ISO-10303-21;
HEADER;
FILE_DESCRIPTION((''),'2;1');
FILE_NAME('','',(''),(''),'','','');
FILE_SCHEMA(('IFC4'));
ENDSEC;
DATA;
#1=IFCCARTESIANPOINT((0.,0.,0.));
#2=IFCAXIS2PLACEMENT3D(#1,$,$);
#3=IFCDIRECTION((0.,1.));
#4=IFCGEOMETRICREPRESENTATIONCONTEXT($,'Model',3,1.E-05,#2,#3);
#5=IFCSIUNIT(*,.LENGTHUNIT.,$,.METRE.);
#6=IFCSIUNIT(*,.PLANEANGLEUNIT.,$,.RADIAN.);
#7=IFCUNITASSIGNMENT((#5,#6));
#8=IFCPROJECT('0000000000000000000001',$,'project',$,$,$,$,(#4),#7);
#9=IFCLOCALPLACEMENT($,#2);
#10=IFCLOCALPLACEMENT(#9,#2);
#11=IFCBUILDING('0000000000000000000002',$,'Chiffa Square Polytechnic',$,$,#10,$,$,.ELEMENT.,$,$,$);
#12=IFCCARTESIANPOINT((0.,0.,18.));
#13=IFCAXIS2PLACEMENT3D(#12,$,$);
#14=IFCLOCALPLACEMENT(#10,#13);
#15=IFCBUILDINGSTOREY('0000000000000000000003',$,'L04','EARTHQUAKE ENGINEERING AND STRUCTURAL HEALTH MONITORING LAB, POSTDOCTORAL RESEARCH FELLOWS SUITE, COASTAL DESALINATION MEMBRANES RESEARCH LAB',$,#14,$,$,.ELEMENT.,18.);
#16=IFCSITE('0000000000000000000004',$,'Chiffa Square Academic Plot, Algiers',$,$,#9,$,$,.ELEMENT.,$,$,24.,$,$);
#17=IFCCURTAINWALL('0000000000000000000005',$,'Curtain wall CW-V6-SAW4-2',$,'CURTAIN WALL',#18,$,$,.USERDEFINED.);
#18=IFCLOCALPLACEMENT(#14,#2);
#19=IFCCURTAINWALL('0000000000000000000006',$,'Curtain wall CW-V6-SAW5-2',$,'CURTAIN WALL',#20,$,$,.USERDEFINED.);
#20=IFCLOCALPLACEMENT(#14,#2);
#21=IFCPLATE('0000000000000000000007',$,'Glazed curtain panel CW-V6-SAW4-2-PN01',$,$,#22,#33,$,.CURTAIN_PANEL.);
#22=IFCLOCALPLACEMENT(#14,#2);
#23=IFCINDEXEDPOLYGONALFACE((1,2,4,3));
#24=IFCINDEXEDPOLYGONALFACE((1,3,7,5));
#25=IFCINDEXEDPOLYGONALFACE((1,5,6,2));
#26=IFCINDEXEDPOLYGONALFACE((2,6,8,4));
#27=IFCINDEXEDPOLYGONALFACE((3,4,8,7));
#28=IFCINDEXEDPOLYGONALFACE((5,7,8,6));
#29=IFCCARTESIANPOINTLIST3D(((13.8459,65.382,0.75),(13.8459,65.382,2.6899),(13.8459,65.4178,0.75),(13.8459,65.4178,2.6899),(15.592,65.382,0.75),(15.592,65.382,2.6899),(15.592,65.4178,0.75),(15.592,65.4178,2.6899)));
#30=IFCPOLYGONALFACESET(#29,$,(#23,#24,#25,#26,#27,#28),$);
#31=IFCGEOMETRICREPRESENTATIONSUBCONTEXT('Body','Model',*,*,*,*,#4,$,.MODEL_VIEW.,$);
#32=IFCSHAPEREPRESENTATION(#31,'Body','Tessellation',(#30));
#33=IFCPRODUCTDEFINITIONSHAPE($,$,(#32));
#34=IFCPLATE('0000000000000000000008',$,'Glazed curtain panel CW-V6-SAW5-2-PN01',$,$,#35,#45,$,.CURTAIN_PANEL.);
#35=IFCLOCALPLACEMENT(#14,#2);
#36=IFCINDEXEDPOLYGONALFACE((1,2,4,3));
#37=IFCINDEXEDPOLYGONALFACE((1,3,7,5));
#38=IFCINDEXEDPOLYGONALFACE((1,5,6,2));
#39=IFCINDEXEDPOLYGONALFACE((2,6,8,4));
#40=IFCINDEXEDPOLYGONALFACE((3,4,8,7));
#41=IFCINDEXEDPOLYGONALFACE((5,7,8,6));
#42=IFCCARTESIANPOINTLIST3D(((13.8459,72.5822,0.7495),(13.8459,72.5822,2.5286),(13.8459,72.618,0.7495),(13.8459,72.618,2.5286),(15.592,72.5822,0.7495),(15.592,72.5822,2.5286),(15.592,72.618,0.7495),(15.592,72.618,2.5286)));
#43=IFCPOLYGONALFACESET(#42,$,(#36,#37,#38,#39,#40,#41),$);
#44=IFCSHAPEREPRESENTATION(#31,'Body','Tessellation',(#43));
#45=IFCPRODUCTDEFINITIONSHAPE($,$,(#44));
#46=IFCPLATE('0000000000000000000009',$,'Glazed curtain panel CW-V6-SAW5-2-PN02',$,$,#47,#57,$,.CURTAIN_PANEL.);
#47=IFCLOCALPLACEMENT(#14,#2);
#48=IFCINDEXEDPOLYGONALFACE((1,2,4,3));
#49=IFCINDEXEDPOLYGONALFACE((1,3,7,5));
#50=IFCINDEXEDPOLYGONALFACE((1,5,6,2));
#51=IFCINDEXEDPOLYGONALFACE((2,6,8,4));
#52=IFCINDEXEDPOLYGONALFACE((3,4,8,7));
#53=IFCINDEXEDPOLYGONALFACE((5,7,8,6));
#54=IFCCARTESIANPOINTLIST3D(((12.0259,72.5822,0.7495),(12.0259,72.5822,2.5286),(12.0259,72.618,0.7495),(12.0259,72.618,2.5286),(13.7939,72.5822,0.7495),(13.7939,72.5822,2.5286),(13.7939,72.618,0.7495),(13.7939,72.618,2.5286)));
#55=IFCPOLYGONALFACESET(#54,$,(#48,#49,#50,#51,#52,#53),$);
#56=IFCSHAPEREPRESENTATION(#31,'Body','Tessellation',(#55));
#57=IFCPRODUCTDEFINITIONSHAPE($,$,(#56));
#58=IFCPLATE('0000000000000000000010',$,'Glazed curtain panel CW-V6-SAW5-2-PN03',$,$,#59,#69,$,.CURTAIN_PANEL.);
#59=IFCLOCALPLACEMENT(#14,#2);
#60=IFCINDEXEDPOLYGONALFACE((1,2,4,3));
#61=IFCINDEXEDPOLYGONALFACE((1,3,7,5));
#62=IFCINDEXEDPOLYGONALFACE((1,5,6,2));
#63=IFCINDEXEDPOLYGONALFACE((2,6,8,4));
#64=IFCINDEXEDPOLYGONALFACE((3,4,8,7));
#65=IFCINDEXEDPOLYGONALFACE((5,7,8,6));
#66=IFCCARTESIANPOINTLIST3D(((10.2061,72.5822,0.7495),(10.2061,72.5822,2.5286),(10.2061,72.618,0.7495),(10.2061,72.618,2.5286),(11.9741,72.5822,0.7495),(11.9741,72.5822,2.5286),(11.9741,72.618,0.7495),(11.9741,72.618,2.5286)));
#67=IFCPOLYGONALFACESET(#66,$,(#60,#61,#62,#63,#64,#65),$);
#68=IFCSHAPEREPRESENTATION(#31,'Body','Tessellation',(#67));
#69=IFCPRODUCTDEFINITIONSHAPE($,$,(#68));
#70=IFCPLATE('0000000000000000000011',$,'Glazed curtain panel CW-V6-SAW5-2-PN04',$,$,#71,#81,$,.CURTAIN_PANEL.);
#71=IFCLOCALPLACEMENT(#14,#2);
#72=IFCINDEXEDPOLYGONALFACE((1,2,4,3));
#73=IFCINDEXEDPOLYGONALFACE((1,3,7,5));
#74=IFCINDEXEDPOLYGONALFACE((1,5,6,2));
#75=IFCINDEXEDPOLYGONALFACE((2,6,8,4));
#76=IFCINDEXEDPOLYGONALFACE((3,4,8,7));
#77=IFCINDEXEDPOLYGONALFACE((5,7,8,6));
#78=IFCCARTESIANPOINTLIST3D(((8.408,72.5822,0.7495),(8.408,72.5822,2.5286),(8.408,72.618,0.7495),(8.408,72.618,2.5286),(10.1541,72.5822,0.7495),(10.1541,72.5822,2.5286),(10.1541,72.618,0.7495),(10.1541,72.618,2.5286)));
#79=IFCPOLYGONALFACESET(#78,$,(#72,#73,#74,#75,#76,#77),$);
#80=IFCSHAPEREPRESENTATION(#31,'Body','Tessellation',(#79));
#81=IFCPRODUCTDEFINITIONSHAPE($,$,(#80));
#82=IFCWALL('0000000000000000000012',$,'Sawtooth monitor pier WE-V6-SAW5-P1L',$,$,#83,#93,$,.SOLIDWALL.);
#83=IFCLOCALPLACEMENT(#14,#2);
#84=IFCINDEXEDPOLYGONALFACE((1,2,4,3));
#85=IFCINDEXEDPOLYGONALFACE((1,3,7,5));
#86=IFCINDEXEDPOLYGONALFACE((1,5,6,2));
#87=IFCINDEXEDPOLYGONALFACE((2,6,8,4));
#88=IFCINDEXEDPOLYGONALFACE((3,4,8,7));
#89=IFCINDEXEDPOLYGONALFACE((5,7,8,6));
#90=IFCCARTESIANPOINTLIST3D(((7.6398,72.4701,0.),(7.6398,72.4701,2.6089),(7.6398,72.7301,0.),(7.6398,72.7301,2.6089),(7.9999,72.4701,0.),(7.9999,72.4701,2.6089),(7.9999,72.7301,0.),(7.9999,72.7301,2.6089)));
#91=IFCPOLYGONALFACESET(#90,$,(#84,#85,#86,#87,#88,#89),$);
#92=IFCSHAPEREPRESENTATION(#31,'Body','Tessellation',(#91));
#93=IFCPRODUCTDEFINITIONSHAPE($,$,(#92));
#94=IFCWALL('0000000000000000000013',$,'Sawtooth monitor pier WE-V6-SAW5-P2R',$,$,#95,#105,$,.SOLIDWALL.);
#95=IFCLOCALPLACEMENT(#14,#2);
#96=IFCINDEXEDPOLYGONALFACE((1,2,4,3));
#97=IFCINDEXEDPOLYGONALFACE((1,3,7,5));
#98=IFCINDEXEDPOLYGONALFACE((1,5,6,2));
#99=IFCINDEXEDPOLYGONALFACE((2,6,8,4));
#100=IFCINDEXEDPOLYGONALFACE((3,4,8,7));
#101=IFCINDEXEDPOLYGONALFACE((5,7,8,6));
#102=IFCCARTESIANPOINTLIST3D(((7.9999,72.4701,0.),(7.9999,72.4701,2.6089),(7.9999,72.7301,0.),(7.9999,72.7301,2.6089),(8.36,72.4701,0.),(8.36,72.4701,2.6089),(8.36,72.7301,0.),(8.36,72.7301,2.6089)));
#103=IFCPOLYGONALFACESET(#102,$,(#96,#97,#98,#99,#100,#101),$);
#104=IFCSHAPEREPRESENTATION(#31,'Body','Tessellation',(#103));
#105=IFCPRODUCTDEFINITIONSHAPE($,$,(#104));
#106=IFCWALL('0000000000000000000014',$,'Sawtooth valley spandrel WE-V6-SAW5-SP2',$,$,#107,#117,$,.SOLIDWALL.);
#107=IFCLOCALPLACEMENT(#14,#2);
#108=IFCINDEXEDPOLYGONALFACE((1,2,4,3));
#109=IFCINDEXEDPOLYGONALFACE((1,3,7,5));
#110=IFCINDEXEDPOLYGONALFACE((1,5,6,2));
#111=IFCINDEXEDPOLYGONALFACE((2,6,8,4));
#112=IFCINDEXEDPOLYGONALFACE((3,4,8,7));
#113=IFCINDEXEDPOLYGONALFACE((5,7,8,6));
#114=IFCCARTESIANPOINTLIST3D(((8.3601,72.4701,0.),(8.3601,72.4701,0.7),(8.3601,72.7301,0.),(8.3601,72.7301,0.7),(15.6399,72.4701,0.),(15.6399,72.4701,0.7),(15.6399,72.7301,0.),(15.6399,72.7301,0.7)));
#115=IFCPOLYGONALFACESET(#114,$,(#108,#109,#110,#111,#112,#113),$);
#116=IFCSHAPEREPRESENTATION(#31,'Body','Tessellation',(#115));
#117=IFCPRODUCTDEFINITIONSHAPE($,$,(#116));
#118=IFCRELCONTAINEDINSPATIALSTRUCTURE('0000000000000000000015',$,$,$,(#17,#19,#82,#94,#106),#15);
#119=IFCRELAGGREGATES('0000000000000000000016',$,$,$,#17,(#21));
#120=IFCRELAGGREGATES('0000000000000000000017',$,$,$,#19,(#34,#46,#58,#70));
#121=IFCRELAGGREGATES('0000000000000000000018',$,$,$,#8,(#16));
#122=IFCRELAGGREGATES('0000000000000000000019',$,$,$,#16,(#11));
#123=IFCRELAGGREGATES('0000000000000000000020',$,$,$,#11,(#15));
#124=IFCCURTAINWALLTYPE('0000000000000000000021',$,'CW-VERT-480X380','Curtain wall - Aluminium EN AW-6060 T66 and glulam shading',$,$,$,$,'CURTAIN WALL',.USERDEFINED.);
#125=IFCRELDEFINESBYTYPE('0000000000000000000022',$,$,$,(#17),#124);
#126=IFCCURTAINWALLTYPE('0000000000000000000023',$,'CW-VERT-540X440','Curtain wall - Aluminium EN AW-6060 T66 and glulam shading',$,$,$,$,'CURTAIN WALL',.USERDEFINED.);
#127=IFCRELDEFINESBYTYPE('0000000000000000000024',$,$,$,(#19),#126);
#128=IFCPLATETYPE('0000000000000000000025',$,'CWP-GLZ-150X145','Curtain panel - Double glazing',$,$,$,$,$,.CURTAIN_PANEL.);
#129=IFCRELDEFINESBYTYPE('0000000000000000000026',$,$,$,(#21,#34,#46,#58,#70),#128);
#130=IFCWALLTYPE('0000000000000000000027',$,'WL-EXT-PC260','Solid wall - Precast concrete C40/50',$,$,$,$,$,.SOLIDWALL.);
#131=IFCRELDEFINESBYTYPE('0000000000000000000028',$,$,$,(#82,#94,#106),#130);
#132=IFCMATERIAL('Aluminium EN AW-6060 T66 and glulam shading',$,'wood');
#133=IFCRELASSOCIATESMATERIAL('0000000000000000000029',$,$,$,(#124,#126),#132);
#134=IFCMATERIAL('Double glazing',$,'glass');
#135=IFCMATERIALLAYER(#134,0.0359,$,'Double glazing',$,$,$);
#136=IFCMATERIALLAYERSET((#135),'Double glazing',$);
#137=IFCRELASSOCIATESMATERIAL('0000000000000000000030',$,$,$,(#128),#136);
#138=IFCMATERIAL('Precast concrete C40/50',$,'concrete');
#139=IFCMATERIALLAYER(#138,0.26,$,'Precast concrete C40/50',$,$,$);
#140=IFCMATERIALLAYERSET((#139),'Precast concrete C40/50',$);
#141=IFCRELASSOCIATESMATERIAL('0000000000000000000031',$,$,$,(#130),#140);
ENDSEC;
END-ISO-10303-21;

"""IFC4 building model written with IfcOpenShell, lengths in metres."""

from ifc_helpers import new_model, si_unit, direction, frame, frame_2d, origin, origin_2d, place, context, subcontext, project, spatial, rectangle, extrude, material, layer, layer_set, type_object, element, aggregate, save


model = new_model("IFC4")

# Units and contexts
model_context = context("Model", 3, precision=1e-05, world=origin(), true_north=direction((0.0, 1.0)))
body_context = subcontext(model_context, "Body", "Model", "MODEL_VIEW")
ifc_project = project(units=[si_unit("LENGTHUNIT", "METRE"), si_unit("PLANEANGLEUNIT", "RADIAN")], contexts=[model_context])

# Site, building, storey
site_placement = place(None, origin())
site = spatial("IfcSite", under=ifc_project, at=site_placement, Name="Chiffa Square Academic Plot, Algiers", CompositionType="ELEMENT", RefElevation=24.0)
building_placement = place(site_placement, origin())
building = spatial("IfcBuilding", under=site, at=building_placement, Name="Chiffa Square Polytechnic", CompositionType="ELEMENT")
storey_placement = place(building_placement, frame((0.0, 0.0, 18.0)))
storey = spatial("IfcBuildingStorey", under=building, at=storey_placement, Name="L04", Description="EARTHQUAKE ENGINEERING AND STRUCTURAL HEALTH MONITORING LAB, POSTDOCTORAL RESEARCH FELLOWS SUITE, COASTAL DESALINATION MEMBRANES RESEARCH LAB", CompositionType="ELEMENT", Elevation=18.0)

# Curtain walls
ifc_material_1 = material(Name="Aluminium EN AW-6060 T66 and glulam shading", Category="wood")
curtain_wall_type_1 = type_object("IfcCurtainWallType", Name="CW-VERT-480X380", Description="Curtain wall - Aluminium EN AW-6060 T66 and glulam shading", ElementType="CURTAIN WALL", PredefinedType="USERDEFINED", material=ifc_material_1)
curtain_wall_1_placement = place(storey_placement, origin())
curtain_wall_1 = element("IfcCurtainWall", 1, at=curtain_wall_1_placement, inside=storey, type_object=curtain_wall_type_1, Name="Curtain wall CW-V6-SAW4-2", ObjectType="CURTAIN WALL", PredefinedType="USERDEFINED")
curtain_wall_type_2 = type_object("IfcCurtainWallType", Name="CW-VERT-540X440", Description="Curtain wall - Aluminium EN AW-6060 T66 and glulam shading", ElementType="CURTAIN WALL", PredefinedType="USERDEFINED", material=ifc_material_1)
curtain_wall_2_placement = place(storey_placement, origin())
curtain_wall_2 = element("IfcCurtainWall", 2, at=curtain_wall_2_placement, inside=storey, type_object=curtain_wall_type_2, Name="Curtain wall CW-V6-SAW5-2", ObjectType="CURTAIN WALL", PredefinedType="USERDEFINED")

# Plates
ifc_material_2 = material(Name="Double glazing", Category="glass")
ifc_layer_1 = layer(ifc_material_2, 0.0359, Name="Double glazing")
ifc_layer_set_1 = layer_set([ifc_layer_1], Name="Double glazing")
plate_type = type_object("IfcPlateType", Name="CWP-GLZ-150X145", Description="Curtain panel - Double glazing", PredefinedType="CURTAIN_PANEL", material=ifc_layer_set_1)
plate_1_placement = place(storey_placement, frame((14.719, 65.3999, 0.75), z_axis=(0.0, 0.0, 1.0), x_axis=(-1.0, 0.0, 0.0)))
plate_1 = element("IfcPlate", 3, at=plate_1_placement, type_object=plate_type, Name="Glazed curtain panel CW-V6-SAW4-2-PN01", PredefinedType="CURTAIN_PANEL", context=body_context, shape_type="SweptSolid", body=[
    extrude(rectangle(XDim=1.7461, YDim=0.0359, at=origin_2d()), origin(), (0.0, 0.0, 1.0), 1.9399),
])
aggregate(curtain_wall_1, [plate_1])
plate_2_placement = place(storey_placement, frame((14.719, 72.6001, 0.7495), z_axis=(0.0, 0.0, 1.0), x_axis=(-1.0, 0.0, 0.0)))
plate_2 = element("IfcPlate", 4, at=plate_2_placement, type_object=plate_type, Name="Glazed curtain panel CW-V6-SAW5-2-PN01", PredefinedType="CURTAIN_PANEL", context=body_context, shape_type="SweptSolid", body=[
    extrude(rectangle(XDim=1.7461, YDim=0.0359, at=origin_2d()), origin(), (0.0, 0.0, 1.0), 1.7791),
])
plate_3_placement = place(storey_placement, frame((12.9099, 72.6001, 0.7495), z_axis=(0.0, 0.0, 1.0), x_axis=(-1.0, 0.0, 0.0)))
plate_3 = element("IfcPlate", 5, at=plate_3_placement, type_object=plate_type, Name="Glazed curtain panel CW-V6-SAW5-2-PN02", PredefinedType="CURTAIN_PANEL", context=body_context, shape_type="SweptSolid", body=[
    extrude(rectangle(XDim=1.7681, YDim=0.0359, at=origin_2d()), origin(), (0.0, 0.0, 1.0), 1.7791),
])
plate_4_placement = place(storey_placement, frame((11.0901, 72.6001, 0.7495), z_axis=(0.0, 0.0, 1.0), x_axis=(-1.0, 0.0, 0.0)))
plate_4 = element("IfcPlate", 6, at=plate_4_placement, type_object=plate_type, Name="Glazed curtain panel CW-V6-SAW5-2-PN03", PredefinedType="CURTAIN_PANEL", context=body_context, shape_type="SweptSolid", body=[
    extrude(rectangle(XDim=1.7681, YDim=0.0359, at=origin_2d()), origin(), (0.0, 0.0, 1.0), 1.7791),
])
plate_5_placement = place(storey_placement, frame((9.281, 72.6001, 0.7495), z_axis=(0.0, 0.0, 1.0), x_axis=(-1.0, 0.0, 0.0)))
plate_5 = element("IfcPlate", 7, at=plate_5_placement, type_object=plate_type, Name="Glazed curtain panel CW-V6-SAW5-2-PN04", PredefinedType="CURTAIN_PANEL", context=body_context, shape_type="SweptSolid", body=[
    extrude(rectangle(XDim=1.7461, YDim=0.0359, at=origin_2d()), origin(), (0.0, 0.0, 1.0), 1.7791),
])
aggregate(curtain_wall_2, [plate_2, plate_3, plate_4, plate_5])

# Walls
ifc_material_3 = material(Name="Precast concrete C40/50", Category="concrete")
ifc_layer_2 = layer(ifc_material_3, 0.26, Name="Precast concrete C40/50")
ifc_layer_set_2 = layer_set([ifc_layer_2], Name="Precast concrete C40/50")
wall_type = type_object("IfcWallType", Name="WL-EXT-PC260", Description="Solid wall - Precast concrete C40/50", PredefinedType="SOLIDWALL", material=ifc_layer_set_2)
for number, where, z_axis, x_axis, name in (
    (8, (8.0, 72.6001, 0.0), (0.0, 0.0, 1.0), (-1.0, 0.0, 0.0), "Sawtooth monitor pier WE-V6-SAW5-P1L"),
    (9, (8.3601, 72.6001, 0.0), (0.0, 0.0, 1.0), (-1.0, 0.0, 0.0), "Sawtooth monitor pier WE-V6-SAW5-P2R"),
):
    element("IfcWall", number, at=place(storey_placement, frame(where, z_axis=z_axis, x_axis=x_axis)), inside=storey, type_object=wall_type, Name=name, PredefinedType="SOLIDWALL", context=body_context, shape_type="SweptSolid", body=[
        extrude(rectangle(XDim=0.3601, YDim=0.26, at=frame_2d((0.1802, 0.0))), origin(), (0.0, 0.0, 1.0), 2.6089),
    ])
wall_placement = place(storey_placement, frame((8.3601, 72.6001, 0.0), z_axis=(0.0, 0.0, 1.0), x_axis=(1.0, 0.0, 0.0)))
element("IfcWall", 10, at=wall_placement, inside=storey, type_object=wall_type, Name="Sawtooth valley spandrel WE-V6-SAW5-SP2", PredefinedType="SOLIDWALL", context=body_context, shape_type="SweptSolid", body=[
    extrude(rectangle(XDim=7.2798, YDim=0.26, at=frame_2d((3.6399, 0.0))), origin(), (0.0, 0.0, 1.0), 0.7),
])

save(model, "model.ifc")
